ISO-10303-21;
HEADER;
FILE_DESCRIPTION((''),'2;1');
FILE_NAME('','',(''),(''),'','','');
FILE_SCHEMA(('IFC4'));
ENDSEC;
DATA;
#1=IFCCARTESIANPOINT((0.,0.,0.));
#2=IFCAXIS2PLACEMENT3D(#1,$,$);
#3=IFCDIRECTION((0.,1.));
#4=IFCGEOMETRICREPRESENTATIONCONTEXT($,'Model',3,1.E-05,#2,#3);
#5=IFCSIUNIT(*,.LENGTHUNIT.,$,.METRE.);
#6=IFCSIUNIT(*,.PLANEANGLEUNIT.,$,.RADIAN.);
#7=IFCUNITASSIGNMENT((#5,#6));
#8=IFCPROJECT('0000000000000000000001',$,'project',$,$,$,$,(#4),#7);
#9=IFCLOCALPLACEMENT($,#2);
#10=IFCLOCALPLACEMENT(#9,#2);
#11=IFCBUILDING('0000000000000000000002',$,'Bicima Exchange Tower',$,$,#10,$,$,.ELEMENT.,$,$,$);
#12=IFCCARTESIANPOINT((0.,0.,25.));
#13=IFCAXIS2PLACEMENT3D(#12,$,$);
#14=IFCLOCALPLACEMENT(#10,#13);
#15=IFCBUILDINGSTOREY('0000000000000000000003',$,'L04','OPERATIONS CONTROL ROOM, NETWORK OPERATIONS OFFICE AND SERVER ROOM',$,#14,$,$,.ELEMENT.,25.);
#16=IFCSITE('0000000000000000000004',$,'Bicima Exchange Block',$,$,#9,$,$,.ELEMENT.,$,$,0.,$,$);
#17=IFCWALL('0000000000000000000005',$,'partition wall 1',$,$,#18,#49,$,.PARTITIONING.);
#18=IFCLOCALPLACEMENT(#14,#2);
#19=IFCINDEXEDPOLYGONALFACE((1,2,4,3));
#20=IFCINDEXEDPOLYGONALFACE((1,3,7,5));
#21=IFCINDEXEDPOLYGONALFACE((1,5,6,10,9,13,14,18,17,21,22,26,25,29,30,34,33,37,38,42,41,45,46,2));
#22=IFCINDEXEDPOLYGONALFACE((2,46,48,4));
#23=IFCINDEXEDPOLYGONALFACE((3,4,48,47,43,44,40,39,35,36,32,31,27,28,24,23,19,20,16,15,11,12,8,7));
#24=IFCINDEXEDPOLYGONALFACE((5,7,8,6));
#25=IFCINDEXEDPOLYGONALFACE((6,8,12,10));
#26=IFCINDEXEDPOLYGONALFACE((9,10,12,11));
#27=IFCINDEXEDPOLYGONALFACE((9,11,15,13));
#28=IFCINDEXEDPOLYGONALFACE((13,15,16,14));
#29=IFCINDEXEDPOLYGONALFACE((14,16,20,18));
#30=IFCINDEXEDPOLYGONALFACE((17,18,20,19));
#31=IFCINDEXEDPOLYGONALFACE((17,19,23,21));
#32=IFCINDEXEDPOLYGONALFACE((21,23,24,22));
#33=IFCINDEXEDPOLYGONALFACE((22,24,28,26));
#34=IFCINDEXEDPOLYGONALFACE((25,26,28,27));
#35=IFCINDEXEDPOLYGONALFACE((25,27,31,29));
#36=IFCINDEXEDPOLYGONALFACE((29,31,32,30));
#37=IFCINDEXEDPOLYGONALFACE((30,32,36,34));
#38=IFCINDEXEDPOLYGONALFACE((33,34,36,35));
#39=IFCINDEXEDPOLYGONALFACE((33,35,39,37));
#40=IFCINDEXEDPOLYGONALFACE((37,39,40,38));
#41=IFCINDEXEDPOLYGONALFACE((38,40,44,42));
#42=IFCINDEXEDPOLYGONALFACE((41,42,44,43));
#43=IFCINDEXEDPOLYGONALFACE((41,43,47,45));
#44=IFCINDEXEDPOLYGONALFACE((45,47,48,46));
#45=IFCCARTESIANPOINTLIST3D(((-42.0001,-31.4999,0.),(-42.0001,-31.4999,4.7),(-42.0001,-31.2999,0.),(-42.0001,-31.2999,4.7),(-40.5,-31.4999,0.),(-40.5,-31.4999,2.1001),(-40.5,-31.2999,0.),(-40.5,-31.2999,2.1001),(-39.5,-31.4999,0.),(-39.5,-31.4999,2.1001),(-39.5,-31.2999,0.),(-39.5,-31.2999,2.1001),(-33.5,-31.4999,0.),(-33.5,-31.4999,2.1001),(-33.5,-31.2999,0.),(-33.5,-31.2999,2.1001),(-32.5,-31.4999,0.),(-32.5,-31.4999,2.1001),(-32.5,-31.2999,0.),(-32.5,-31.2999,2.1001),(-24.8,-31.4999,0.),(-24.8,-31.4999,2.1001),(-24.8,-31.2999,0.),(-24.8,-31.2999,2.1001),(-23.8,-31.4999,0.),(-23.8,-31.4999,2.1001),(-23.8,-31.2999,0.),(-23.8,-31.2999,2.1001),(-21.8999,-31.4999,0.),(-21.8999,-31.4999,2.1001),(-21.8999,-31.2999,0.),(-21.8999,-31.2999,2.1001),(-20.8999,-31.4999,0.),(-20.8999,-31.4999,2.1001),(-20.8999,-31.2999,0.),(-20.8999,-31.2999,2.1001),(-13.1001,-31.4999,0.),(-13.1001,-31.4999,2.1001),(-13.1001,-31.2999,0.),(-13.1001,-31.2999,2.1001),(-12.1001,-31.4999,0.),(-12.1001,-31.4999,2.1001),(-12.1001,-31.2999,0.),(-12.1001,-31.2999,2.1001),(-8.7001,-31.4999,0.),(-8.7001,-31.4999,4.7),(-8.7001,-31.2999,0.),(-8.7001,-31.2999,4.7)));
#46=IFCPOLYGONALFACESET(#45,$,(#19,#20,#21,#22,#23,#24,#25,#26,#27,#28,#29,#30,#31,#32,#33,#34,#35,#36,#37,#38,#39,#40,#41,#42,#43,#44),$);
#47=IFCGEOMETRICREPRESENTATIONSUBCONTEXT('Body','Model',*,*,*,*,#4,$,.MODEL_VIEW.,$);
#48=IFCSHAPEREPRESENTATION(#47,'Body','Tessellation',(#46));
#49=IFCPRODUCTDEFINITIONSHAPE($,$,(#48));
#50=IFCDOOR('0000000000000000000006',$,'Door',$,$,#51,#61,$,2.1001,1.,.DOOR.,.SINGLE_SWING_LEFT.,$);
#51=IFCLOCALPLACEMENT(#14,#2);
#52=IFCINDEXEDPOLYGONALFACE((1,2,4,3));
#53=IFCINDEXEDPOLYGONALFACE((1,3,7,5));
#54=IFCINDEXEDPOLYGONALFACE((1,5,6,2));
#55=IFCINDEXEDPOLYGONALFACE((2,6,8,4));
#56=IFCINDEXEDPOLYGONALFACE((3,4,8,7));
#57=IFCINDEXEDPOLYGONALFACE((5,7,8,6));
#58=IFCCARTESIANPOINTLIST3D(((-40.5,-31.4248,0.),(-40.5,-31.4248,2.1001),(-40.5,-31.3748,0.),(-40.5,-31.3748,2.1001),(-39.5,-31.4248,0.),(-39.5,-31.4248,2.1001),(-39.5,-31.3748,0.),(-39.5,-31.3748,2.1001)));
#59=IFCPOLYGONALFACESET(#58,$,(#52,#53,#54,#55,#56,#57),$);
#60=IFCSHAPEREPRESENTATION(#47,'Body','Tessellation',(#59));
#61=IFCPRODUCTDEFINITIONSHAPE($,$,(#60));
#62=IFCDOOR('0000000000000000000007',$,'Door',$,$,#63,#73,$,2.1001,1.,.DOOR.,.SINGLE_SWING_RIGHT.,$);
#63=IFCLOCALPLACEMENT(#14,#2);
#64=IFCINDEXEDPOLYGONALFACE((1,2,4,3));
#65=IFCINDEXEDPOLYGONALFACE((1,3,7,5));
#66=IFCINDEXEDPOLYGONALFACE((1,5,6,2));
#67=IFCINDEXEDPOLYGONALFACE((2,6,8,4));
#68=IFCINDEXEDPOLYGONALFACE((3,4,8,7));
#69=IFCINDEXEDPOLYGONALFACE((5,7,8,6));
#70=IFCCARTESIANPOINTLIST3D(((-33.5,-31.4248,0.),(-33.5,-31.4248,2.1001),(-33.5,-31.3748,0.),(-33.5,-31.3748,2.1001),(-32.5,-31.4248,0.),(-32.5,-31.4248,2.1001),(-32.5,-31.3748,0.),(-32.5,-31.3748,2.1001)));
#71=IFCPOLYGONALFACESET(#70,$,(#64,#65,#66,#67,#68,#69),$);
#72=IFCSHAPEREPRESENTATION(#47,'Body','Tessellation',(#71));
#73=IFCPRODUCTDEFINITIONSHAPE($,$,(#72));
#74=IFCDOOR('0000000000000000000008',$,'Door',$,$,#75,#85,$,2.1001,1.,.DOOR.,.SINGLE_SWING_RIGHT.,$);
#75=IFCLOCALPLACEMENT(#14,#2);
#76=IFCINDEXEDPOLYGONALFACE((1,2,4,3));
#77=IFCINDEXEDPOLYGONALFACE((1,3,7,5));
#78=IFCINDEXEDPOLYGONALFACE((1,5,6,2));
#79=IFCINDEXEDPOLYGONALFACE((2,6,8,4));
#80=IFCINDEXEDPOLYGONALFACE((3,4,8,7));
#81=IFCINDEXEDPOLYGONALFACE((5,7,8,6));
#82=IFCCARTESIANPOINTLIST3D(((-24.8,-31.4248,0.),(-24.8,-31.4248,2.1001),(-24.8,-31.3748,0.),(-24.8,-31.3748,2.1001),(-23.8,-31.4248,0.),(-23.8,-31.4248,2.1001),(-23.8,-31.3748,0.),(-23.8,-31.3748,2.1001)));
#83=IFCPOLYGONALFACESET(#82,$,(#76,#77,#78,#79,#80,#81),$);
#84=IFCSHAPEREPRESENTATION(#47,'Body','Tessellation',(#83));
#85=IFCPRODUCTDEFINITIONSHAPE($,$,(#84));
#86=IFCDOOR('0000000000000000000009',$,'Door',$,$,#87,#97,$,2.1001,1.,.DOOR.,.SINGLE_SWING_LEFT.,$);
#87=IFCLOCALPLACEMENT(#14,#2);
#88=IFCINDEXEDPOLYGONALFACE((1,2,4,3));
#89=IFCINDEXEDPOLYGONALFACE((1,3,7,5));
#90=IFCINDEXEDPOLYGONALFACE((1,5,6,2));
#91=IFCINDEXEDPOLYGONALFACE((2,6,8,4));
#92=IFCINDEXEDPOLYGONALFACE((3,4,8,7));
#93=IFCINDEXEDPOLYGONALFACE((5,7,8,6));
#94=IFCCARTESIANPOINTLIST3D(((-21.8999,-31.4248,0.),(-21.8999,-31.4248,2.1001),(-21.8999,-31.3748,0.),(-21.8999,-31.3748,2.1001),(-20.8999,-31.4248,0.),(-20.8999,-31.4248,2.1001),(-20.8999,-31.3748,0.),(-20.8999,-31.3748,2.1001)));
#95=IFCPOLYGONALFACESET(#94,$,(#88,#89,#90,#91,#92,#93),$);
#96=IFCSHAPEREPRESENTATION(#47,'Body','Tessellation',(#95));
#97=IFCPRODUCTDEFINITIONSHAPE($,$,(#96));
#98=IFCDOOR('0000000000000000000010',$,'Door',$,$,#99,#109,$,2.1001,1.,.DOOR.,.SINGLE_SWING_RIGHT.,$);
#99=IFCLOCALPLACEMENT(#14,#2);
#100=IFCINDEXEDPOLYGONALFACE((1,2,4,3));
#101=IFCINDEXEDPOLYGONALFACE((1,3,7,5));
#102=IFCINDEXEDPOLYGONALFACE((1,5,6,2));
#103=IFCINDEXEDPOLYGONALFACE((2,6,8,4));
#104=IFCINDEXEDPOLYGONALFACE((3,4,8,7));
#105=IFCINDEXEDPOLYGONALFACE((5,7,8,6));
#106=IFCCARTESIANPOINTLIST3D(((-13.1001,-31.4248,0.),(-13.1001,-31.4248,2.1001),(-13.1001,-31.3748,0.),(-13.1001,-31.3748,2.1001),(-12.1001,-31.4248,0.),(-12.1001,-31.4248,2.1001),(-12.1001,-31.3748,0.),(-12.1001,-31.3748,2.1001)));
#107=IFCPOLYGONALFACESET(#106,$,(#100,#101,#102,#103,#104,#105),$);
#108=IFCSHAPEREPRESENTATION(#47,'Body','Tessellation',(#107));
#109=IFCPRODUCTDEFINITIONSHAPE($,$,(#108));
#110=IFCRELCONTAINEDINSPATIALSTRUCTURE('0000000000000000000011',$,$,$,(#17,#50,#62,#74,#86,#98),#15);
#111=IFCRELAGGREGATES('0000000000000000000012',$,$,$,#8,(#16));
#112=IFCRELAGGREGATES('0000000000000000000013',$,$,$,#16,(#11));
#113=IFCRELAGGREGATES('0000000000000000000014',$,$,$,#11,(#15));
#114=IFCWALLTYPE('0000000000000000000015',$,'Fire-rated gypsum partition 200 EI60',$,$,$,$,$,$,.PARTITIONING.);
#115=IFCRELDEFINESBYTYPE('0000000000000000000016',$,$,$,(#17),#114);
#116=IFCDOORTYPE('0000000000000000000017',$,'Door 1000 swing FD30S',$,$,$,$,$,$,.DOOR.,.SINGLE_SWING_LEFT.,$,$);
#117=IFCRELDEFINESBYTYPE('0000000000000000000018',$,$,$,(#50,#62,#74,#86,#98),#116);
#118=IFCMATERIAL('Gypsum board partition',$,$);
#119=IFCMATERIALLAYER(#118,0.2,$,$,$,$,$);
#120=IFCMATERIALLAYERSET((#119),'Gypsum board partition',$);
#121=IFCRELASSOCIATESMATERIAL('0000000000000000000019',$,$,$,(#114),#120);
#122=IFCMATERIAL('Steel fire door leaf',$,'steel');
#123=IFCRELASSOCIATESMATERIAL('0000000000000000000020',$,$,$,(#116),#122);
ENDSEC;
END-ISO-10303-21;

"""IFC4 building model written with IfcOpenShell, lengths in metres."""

from ifc_helpers import new_model, si_unit, direction, frame, frame_2d, origin, place, context, subcontext, project, spatial, rectangle, extrude, material, layer, layer_set, type_object, element, fill, save


model = new_model("IFC4")

# Units and contexts
model_context = context("Model", 3, precision=1e-05, world=origin(), true_north=direction((0.0, 1.0)))
body_context = subcontext(model_context, "Body", "Model", "MODEL_VIEW")
ifc_project = project(units=[si_unit("LENGTHUNIT", "METRE"), si_unit("PLANEANGLEUNIT", "RADIAN")], contexts=[model_context])

# Site, building, storey
site_placement = place(None, origin())
site = spatial("IfcSite", under=ifc_project, at=site_placement, Name="Bicima Exchange Block", CompositionType="ELEMENT", RefElevation=0.0)
building_placement = place(site_placement, origin())
building = spatial("IfcBuilding", under=site, at=building_placement, Name="Bicima Exchange Tower", CompositionType="ELEMENT")
storey_placement = place(building_placement, frame((0.0, 0.0, 25.0)))
storey = spatial("IfcBuildingStorey", under=building, at=storey_placement, Name="L04", Description="OPERATIONS CONTROL ROOM, NETWORK OPERATIONS OFFICE AND SERVER ROOM", CompositionType="ELEMENT", Elevation=25.0)

# Wall, openings, doors
ifc_material_1 = material(Name="Gypsum board partition")
ifc_layer_1 = layer(ifc_material_1, 0.2)
ifc_layer_set_1 = layer_set([ifc_layer_1], Name="Gypsum board partition")
wall_type_1 = type_object("IfcWallType", Name="Fire-rated gypsum partition 200 EI60", PredefinedType="PARTITIONING", material=ifc_layer_set_1)
wall_1_placement = place(storey_placement, frame((-42.0, -31.3999, 0.0), z_axis=(0.0, 0.0, 1.0), x_axis=(1.0, 0.0, 0.0)))
wall_1 = element("IfcWall", 1, at=wall_1_placement, inside=storey, type_object=wall_type_1, Name="partition wall 1", PredefinedType="PARTITIONING", context=body_context, shape_type="SweptSolid", body=[
    extrude(rectangle(XDim=33.3, YDim=0.2, at=frame_2d((16.6499, 0.0))), origin(), (0.0, 0.0, 1.0), 4.7),
])
opening_1_placement = place(wall_1_placement, frame((1.5, 0.0, 0.0)))
opening_1 = element("IfcOpeningElement", 2, at=opening_1_placement, cuts=wall_1, PredefinedType="OPENING", context=body_context, shape_type="SweptSolid", body=[
    extrude(rectangle(XDim=1.0, YDim=2.1001, at=frame_2d((0.5, 1.05))), frame((0.0, 0.1118, 0.0), z_axis=(0.0, -1.0, 0.0), x_axis=(1.0, 0.0, 0.0)), (0.0, 0.0, 1.0), 0.2239),
])
opening_2_placement = place(wall_1_placement, frame((8.5, 0.0, 0.0)))
opening_2 = element("IfcOpeningElement", 3, at=opening_2_placement, cuts=wall_1, PredefinedType="OPENING", context=body_context, shape_type="SweptSolid", body=[
    extrude(rectangle(XDim=1.0, YDim=2.1001, at=frame_2d((0.5, 1.05))), frame((0.0, 0.1118, 0.0), z_axis=(0.0, -1.0, 0.0), x_axis=(1.0, 0.0, 0.0)), (0.0, 0.0, 1.0), 0.2239),
])
opening_3_placement = place(wall_1_placement, frame((17.2, 0.0, 0.0)))
opening_3 = element("IfcOpeningElement", 4, at=opening_3_placement, cuts=wall_1, PredefinedType="OPENING", context=body_context, shape_type="SweptSolid", body=[
    extrude(rectangle(XDim=1.0, YDim=2.1001, at=frame_2d((0.5, 1.05))), frame((0.0, 0.1118, 0.0), z_axis=(0.0, -1.0, 0.0), x_axis=(1.0, 0.0, 0.0)), (0.0, 0.0, 1.0), 0.2239),
])
opening_4_placement = place(wall_1_placement, frame((20.1001, 0.0, 0.0)))
opening_4 = element("IfcOpeningElement", 5, at=opening_4_placement, cuts=wall_1, PredefinedType="OPENING", context=body_context, shape_type="SweptSolid", body=[
    extrude(rectangle(XDim=1.0, YDim=2.1001, at=frame_2d((0.5, 1.05))), frame((0.0, 0.1118, 0.0), z_axis=(0.0, -1.0, 0.0), x_axis=(1.0, 0.0, 0.0)), (0.0, 0.0, 1.0), 0.2239),
])
opening_5_placement = place(wall_1_placement, frame((28.8999, 0.0, 0.0)))
opening_5 = element("IfcOpeningElement", 6, at=opening_5_placement, cuts=wall_1, PredefinedType="OPENING", context=body_context, shape_type="SweptSolid", body=[
    extrude(rectangle(XDim=1.0, YDim=2.1001, at=frame_2d((0.5, 1.05))), frame((0.0, 0.1118, 0.0), z_axis=(0.0, -1.0, 0.0), x_axis=(1.0, 0.0, 0.0)), (0.0, 0.0, 1.0), 0.2239),
])
ifc_material_2 = material(Name="Steel fire door leaf", Category="steel")
door_type_1 = type_object("IfcDoorType", Name="Door 1000 swing FD30S", OperationType="SINGLE_SWING_LEFT", PredefinedType="DOOR", material=ifc_material_2)
door_1_placement = place(opening_1_placement, frame((1.0, 0.0, 0.0), z_axis=(0.0, 0.0, 1.0), x_axis=(-1.0, 0.0, 0.0)))
door_1 = element("IfcDoor", 7, at=door_1_placement, inside=storey, type_object=door_type_1, Name="Door", OperationType="SINGLE_SWING_LEFT", OverallHeight=2.1001, OverallWidth=1.0, PredefinedType="DOOR", context=body_context, shape_type="SweptSolid", body=[
    extrude(rectangle(XDim=1.0, YDim=2.1001, at=frame_2d((0.5, 1.05))), frame((0.0, 0.0249, 0.0), z_axis=(0.0, -1.0, 0.0), x_axis=(1.0, 0.0, 0.0)), (0.0, 0.0, 1.0), 0.05),
])
fill(opening_1, door_1)
door_2_placement = place(opening_2_placement, frame((1.0, 0.0, 0.0), z_axis=(0.0, 0.0, 1.0), x_axis=(-1.0, 0.0, 0.0)))
door_2 = element("IfcDoor", 8, at=door_2_placement, inside=storey, type_object=door_type_1, Name="Door", OperationType="SINGLE_SWING_RIGHT", OverallHeight=2.1001, OverallWidth=1.0, PredefinedType="DOOR", context=body_context, shape_type="SweptSolid", body=[
    extrude(rectangle(XDim=1.0, YDim=2.1001, at=frame_2d((0.5, 1.05))), frame((0.0, 0.0249, 0.0), z_axis=(0.0, -1.0, 0.0), x_axis=(1.0, 0.0, 0.0)), (0.0, 0.0, 1.0), 0.05),
])
fill(opening_2, door_2)
door_3_placement = place(opening_3_placement, frame((1.0, 0.0, 0.0), z_axis=(0.0, 0.0, 1.0), x_axis=(-1.0, 0.0, 0.0)))
door_3 = element("IfcDoor", 9, at=door_3_placement, inside=storey, type_object=door_type_1, Name="Door", OperationType="SINGLE_SWING_RIGHT", OverallHeight=2.1001, OverallWidth=1.0, PredefinedType="DOOR", context=body_context, shape_type="SweptSolid", body=[
    extrude(rectangle(XDim=1.0, YDim=2.1001, at=frame_2d((0.5, 1.05))), frame((0.0, 0.0249, 0.0), z_axis=(0.0, -1.0, 0.0), x_axis=(1.0, 0.0, 0.0)), (0.0, 0.0, 1.0), 0.05),
])
fill(opening_3, door_3)
door_4_placement = place(opening_4_placement, frame((1.0, 0.0, 0.0), z_axis=(0.0, 0.0, 1.0), x_axis=(-1.0, 0.0, 0.0)))
door_4 = element("IfcDoor", 10, at=door_4_placement, inside=storey, type_object=door_type_1, Name="Door", OperationType="SINGLE_SWING_LEFT", OverallHeight=2.1001, OverallWidth=1.0, PredefinedType="DOOR", context=body_context, shape_type="SweptSolid", body=[
    extrude(rectangle(XDim=1.0, YDim=2.1001, at=frame_2d((0.5, 1.05))), frame((0.0, 0.0249, 0.0), z_axis=(0.0, -1.0, 0.0), x_axis=(1.0, 0.0, 0.0)), (0.0, 0.0, 1.0), 0.05),
])
fill(opening_4, door_4)
door_5_placement = place(opening_5_placement, frame((1.0, 0.0, 0.0), z_axis=(0.0, 0.0, 1.0), x_axis=(-1.0, 0.0, 0.0)))
door_5 = element("IfcDoor", 11, at=door_5_placement, inside=storey, type_object=door_type_1, Name="Door", OperationType="SINGLE_SWING_RIGHT", OverallHeight=2.1001, OverallWidth=1.0, PredefinedType="DOOR", context=body_context, shape_type="SweptSolid", body=[
    extrude(rectangle(XDim=1.0, YDim=2.1001, at=frame_2d((0.5, 1.05))), frame((0.0, 0.0249, 0.0), z_axis=(0.0, -1.0, 0.0), x_axis=(1.0, 0.0, 0.0)), (0.0, 0.0, 1.0), 0.05),
])
fill(opening_5, door_5)

save(model, "model.ifc")
